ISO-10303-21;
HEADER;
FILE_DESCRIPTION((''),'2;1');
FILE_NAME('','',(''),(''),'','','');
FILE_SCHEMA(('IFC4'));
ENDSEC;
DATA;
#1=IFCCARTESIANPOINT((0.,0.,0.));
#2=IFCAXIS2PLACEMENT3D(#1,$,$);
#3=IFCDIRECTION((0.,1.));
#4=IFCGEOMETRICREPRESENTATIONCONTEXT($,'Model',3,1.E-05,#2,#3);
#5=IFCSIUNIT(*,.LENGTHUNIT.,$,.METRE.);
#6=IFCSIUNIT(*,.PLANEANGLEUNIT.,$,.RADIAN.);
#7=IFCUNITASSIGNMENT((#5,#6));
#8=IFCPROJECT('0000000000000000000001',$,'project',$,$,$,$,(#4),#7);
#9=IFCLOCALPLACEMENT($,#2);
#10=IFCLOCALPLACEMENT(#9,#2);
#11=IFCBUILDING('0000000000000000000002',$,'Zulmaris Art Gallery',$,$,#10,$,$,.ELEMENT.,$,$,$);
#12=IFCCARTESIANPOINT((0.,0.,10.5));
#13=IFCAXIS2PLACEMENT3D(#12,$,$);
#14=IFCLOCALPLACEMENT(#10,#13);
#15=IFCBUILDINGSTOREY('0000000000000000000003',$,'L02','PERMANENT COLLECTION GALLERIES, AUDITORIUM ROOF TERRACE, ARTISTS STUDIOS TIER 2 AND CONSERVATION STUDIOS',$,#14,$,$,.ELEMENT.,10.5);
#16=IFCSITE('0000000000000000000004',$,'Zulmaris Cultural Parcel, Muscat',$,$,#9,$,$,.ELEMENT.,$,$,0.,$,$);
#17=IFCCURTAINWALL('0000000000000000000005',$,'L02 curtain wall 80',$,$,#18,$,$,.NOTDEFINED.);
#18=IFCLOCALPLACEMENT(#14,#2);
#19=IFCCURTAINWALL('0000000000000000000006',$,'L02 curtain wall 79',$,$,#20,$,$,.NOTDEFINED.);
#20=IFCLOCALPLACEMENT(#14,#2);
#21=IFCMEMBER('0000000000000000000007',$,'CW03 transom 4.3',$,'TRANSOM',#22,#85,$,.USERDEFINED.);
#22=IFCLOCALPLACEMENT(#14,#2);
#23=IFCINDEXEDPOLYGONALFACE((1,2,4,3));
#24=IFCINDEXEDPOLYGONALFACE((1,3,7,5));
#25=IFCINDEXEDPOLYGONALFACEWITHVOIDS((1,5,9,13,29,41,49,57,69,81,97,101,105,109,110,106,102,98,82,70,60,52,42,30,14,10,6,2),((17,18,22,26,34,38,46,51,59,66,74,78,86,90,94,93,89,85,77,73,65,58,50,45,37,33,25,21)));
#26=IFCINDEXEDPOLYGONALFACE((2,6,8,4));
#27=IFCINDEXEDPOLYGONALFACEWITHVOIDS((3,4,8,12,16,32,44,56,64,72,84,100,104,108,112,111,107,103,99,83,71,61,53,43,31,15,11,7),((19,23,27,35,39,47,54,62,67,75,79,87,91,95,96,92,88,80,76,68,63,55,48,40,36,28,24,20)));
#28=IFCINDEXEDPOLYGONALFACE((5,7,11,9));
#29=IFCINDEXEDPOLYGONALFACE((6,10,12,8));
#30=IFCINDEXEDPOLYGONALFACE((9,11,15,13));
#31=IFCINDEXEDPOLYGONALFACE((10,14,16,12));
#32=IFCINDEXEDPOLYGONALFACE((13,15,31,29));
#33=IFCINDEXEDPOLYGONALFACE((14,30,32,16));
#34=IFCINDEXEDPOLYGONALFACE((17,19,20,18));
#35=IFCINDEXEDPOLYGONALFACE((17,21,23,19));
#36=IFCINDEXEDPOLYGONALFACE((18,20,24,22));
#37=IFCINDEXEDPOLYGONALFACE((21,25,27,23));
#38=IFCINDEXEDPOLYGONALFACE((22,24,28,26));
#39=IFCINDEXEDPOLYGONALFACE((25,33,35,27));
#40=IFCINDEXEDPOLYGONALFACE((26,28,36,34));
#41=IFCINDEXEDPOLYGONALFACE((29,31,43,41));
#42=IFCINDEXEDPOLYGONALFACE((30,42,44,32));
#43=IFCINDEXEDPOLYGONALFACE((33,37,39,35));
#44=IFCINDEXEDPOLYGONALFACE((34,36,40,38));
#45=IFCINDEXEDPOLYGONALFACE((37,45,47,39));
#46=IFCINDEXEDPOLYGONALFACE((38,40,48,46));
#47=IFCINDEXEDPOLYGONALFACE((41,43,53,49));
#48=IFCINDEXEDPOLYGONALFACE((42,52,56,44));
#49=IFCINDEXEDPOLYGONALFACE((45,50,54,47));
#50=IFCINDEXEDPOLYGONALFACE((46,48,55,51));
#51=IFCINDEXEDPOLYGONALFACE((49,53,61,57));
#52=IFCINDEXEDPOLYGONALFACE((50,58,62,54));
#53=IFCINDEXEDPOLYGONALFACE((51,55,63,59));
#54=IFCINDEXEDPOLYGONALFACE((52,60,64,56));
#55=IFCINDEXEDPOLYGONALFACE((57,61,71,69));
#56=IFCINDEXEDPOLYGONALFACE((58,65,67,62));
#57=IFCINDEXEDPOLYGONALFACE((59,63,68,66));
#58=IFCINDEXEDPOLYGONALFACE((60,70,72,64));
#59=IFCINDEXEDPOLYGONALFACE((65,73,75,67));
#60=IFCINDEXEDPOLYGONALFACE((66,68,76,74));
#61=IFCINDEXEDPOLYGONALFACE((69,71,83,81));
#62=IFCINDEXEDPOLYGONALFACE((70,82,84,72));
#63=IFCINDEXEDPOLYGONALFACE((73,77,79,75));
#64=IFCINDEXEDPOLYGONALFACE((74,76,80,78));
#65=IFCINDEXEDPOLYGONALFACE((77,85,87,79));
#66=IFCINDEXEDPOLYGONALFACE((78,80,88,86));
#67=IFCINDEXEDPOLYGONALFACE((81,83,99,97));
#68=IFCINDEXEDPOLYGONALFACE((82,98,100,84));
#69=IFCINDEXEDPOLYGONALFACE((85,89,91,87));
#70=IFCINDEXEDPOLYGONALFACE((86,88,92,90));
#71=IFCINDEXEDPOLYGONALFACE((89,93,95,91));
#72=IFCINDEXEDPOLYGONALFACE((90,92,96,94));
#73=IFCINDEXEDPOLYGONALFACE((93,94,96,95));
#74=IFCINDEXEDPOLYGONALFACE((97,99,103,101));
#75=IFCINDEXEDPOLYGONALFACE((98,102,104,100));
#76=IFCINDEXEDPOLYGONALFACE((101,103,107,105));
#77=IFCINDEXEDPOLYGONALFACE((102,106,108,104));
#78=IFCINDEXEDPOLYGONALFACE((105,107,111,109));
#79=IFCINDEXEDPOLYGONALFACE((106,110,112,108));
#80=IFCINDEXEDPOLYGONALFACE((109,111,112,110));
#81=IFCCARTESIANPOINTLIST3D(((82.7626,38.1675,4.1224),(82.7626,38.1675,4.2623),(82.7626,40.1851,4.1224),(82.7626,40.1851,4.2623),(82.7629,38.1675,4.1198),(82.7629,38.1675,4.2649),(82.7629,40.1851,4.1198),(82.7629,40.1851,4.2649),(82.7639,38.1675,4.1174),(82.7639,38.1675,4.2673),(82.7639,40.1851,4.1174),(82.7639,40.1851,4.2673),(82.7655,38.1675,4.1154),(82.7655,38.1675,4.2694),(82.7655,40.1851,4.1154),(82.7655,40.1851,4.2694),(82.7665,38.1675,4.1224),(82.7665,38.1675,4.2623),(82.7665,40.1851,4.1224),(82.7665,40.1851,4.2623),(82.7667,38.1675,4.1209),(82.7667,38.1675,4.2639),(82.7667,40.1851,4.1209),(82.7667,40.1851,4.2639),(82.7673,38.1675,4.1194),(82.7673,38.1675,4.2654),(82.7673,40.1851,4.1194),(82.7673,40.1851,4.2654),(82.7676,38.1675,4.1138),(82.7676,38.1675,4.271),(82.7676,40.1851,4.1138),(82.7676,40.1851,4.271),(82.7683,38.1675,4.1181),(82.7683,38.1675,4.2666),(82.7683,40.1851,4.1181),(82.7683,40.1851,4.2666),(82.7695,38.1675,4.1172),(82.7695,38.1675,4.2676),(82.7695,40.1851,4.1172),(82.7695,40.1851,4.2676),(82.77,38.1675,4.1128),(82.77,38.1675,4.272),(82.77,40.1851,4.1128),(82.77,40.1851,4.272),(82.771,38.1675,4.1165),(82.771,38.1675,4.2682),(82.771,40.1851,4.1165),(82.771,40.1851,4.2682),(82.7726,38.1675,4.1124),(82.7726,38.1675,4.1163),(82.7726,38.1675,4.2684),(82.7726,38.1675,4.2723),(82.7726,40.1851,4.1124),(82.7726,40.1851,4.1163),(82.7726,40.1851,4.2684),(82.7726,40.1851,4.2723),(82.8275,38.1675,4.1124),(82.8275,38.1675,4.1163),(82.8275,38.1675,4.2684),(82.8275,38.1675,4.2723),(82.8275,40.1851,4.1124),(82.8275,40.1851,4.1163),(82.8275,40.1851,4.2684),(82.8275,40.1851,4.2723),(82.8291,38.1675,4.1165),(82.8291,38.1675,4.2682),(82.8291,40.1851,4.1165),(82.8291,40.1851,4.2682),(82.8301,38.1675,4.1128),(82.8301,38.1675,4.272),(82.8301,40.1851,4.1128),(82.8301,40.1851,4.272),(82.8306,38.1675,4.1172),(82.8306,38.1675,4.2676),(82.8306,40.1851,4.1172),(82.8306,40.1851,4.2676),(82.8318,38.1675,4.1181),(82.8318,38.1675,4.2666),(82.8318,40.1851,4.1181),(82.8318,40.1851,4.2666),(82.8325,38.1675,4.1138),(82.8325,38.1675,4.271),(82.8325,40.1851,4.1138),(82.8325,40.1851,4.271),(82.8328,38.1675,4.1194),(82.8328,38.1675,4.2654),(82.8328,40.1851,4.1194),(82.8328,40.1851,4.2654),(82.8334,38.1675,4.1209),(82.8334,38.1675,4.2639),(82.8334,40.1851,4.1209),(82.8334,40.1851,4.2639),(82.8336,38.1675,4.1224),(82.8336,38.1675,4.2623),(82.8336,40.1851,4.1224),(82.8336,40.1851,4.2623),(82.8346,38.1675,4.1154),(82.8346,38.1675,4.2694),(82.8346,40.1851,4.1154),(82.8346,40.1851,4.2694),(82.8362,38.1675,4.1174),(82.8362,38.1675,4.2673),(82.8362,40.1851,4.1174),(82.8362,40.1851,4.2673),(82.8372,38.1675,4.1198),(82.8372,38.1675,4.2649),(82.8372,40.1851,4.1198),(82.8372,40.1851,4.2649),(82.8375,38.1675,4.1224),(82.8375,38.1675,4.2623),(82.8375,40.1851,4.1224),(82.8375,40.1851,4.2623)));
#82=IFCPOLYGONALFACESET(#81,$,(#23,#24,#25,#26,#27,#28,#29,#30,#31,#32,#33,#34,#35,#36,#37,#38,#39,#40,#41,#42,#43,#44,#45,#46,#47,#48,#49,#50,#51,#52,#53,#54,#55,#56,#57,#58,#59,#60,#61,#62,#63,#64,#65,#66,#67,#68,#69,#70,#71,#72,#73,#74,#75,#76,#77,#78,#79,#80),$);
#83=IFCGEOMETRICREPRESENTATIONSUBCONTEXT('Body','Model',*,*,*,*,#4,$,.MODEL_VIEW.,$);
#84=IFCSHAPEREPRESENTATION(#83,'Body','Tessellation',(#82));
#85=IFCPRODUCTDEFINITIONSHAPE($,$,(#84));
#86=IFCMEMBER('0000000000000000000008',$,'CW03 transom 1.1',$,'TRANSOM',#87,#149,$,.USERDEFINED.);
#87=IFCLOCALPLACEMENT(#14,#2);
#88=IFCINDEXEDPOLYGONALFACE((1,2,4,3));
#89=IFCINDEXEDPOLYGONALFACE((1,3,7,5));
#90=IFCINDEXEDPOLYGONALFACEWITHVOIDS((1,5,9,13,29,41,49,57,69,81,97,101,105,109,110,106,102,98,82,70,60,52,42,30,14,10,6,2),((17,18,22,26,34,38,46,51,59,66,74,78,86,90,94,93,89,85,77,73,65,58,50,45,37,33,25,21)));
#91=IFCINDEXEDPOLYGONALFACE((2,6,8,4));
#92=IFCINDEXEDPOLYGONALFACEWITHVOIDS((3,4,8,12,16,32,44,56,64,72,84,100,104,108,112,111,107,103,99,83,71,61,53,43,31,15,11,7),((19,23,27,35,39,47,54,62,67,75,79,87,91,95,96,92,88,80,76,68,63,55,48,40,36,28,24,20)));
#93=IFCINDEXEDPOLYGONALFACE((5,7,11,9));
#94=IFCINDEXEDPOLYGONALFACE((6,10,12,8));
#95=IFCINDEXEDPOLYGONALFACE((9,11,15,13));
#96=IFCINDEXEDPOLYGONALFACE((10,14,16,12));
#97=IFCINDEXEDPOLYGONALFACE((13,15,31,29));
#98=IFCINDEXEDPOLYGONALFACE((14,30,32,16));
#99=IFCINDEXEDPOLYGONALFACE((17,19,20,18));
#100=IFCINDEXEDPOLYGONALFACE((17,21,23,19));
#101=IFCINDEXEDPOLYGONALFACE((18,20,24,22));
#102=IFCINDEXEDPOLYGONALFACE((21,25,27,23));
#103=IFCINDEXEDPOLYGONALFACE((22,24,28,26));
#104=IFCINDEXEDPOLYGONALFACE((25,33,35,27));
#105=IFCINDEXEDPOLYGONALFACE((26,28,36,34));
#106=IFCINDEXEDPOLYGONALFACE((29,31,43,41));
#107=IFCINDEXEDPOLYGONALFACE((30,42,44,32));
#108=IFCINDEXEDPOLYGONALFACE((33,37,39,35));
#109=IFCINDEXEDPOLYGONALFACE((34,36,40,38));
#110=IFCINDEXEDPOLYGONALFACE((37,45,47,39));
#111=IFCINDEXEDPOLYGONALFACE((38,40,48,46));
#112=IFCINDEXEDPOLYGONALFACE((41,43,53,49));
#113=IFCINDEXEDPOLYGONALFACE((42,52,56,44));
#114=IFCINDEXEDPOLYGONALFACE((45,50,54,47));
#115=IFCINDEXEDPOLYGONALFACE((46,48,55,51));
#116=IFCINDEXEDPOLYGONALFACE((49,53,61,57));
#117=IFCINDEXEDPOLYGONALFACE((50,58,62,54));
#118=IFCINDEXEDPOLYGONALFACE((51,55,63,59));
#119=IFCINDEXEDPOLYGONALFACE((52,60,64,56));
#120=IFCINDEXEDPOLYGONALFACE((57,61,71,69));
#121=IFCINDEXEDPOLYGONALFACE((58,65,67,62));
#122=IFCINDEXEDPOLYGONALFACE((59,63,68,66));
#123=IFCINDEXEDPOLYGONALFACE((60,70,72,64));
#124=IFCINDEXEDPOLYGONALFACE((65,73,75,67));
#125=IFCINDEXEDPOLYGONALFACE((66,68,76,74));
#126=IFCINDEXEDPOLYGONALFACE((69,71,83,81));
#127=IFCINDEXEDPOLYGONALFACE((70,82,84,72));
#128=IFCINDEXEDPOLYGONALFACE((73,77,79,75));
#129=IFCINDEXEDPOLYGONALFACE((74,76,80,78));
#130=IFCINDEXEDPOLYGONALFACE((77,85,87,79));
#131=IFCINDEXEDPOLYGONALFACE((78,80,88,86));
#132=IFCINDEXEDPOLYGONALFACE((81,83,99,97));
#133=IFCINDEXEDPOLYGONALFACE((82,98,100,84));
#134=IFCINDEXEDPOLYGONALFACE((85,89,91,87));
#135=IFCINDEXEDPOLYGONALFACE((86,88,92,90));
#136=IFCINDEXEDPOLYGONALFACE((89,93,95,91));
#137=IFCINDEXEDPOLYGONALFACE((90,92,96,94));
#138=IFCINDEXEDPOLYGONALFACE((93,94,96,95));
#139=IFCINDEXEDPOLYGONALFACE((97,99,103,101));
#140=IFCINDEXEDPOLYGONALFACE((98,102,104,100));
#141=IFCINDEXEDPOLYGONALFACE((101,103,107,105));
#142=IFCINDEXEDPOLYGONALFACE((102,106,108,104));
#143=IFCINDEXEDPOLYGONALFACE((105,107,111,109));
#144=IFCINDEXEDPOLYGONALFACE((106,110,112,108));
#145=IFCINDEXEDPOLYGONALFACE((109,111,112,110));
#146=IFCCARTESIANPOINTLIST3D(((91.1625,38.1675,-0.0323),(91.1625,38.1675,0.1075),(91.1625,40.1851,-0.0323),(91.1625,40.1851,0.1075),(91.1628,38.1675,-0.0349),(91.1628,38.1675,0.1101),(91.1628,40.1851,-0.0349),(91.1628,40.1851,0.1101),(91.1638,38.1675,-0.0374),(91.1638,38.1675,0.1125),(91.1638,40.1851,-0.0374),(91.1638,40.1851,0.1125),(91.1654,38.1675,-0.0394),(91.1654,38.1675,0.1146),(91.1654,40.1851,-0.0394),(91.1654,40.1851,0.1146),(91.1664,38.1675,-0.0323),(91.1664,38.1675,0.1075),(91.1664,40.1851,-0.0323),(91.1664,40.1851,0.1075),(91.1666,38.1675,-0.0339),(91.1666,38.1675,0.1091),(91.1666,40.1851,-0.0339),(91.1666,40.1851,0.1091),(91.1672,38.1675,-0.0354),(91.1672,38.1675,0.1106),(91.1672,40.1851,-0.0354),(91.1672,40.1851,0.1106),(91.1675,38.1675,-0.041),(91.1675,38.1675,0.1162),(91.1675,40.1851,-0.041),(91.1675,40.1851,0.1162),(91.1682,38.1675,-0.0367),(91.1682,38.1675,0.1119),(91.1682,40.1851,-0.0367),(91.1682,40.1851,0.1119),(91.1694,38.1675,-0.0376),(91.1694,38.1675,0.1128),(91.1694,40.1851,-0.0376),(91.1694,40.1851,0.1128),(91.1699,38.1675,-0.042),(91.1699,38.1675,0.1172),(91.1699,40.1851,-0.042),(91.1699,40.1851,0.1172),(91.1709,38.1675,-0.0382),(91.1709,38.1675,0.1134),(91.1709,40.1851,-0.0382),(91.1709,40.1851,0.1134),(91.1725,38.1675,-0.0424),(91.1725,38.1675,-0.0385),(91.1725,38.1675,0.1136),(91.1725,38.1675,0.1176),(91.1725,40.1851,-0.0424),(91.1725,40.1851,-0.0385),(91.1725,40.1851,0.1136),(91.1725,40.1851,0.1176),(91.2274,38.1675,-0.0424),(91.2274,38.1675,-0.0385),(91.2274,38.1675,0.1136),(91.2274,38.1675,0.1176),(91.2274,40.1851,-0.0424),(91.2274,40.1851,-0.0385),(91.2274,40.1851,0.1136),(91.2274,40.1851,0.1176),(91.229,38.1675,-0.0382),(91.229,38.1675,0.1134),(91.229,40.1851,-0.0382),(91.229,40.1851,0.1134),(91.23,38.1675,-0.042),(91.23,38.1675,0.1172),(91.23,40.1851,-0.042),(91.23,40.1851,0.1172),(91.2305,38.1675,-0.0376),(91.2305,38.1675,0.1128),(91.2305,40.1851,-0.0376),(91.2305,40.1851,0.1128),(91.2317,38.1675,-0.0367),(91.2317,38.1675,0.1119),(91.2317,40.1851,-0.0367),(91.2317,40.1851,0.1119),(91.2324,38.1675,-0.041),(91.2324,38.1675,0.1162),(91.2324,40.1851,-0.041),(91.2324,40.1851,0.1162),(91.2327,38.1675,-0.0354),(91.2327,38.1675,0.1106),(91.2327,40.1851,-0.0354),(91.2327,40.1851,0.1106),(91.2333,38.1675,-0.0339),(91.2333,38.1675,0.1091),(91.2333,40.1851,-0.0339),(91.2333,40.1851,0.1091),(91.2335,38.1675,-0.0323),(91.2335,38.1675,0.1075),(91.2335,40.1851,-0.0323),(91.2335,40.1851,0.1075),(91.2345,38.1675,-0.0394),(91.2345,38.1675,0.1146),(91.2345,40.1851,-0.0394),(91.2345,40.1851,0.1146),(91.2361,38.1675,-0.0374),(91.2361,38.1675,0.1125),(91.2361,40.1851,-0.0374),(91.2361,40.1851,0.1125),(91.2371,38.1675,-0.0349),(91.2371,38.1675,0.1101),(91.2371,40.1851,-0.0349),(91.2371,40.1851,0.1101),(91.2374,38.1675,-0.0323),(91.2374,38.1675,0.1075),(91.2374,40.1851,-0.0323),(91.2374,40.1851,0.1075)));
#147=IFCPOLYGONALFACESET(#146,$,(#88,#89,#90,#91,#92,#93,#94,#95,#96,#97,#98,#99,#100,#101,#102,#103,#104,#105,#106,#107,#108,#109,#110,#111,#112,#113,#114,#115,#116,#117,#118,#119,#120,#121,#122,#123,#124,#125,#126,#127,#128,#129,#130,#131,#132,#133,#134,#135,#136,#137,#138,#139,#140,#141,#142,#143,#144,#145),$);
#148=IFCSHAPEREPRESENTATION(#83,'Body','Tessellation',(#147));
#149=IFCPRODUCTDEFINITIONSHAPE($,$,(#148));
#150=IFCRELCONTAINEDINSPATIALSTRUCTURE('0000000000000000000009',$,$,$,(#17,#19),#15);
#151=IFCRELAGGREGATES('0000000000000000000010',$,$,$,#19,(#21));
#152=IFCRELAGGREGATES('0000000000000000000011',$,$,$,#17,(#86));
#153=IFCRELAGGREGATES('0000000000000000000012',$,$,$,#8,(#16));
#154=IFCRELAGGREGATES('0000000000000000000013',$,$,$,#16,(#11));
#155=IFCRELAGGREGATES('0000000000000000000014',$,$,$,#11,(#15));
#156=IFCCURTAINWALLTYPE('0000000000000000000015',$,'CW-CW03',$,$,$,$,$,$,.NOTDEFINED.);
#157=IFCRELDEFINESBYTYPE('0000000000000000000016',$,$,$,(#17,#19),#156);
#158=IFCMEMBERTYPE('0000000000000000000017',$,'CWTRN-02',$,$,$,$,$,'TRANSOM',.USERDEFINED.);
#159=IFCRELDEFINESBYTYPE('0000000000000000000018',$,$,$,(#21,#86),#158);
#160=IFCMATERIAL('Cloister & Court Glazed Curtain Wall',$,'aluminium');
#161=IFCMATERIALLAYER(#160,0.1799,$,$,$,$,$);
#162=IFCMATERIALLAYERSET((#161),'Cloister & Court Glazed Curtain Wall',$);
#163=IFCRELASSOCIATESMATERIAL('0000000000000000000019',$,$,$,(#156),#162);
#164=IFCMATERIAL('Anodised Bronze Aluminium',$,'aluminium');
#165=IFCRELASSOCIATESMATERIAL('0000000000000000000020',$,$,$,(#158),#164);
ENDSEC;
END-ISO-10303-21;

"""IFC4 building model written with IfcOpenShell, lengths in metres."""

from ifc_helpers import new_model, si_unit, direction, frame, origin, origin_2d, place, context, subcontext, project, spatial, hollow_rectangle, extrude, material, layer, layer_set, material_profile, profile_set, type_object, element, aggregate, save


model = new_model("IFC4")

# Units and contexts
model_context = context("Model", 3, precision=1e-05, world=origin(), true_north=direction((0.0, 1.0)))
body_context = subcontext(model_context, "Body", "Model", "MODEL_VIEW")
ifc_project = project(units=[si_unit("LENGTHUNIT", "METRE"), si_unit("PLANEANGLEUNIT", "RADIAN")], contexts=[model_context])

# Site, building, storey
site_placement = place(None, origin())
site = spatial("IfcSite", under=ifc_project, at=site_placement, Name="Zulmaris Cultural Parcel, Muscat", CompositionType="ELEMENT", RefElevation=0.0)
building_placement = place(site_placement, origin())
building = spatial("IfcBuilding", under=site, at=building_placement, Name="Zulmaris Art Gallery", CompositionType="ELEMENT")
storey_placement = place(building_placement, frame((0.0, 0.0, 10.5)))
storey = spatial("IfcBuildingStorey", under=building, at=storey_placement, Name="L02", Description="PERMANENT COLLECTION GALLERIES, AUDITORIUM ROOF TERRACE, ARTISTS STUDIOS TIER 2 AND CONSERVATION STUDIOS", CompositionType="ELEMENT", Elevation=10.5)

# Curtain wall
ifc_material_1 = material(Name="Cloister & Court Glazed Curtain Wall", Category="aluminium")
ifc_layer_1 = layer(ifc_material_1, 0.1799)
ifc_layer_set_1 = layer_set([ifc_layer_1], Name="Cloister & Court Glazed Curtain Wall")
curtain_wall_type = type_object("IfcCurtainWallType", Name="CW-CW03", PredefinedType="NOTDEFINED", material=ifc_layer_set_1)
curtain_wall_1_placement = place(storey_placement, origin())
curtain_wall_1 = element("IfcCurtainWall", 1, at=curtain_wall_1_placement, inside=storey, type_object=curtain_wall_type, Name="L02 curtain wall 80", PredefinedType="NOTDEFINED")
ifc_material_2 = material(Name="Anodised Bronze Aluminium", Category="aluminium")

# Curtain wall, member
curtain_wall_2_placement = place(storey_placement, origin())
curtain_wall_2 = element("IfcCurtainWall", 2, at=curtain_wall_2_placement, inside=storey, type_object=curtain_wall_type, Name="L02 curtain wall 79", PredefinedType="NOTDEFINED")
ifc_material_profile_1 = material_profile(ifc_material_2, hollow_rectangle(XDim=0.075, YDim=0.1599, WallThickness=0.0039, InnerFilletRadius=0.0061, OuterFilletRadius=0.01, at=origin_2d()), Name="ALU 75x160x4")
ifc_profile_set_1 = profile_set([ifc_material_profile_1], Name="Anodised Bronze Aluminium")
member_type_1 = type_object("IfcMemberType", Name="CWTRN-02", ElementType="TRANSOM", PredefinedType="USERDEFINED", material=ifc_profile_set_1)
member_1_placement = place(storey_placement, frame((82.8, 38.1675, 4.1924), z_axis=(0.0, 1.0, 0.0), x_axis=(-1.0, 0.0, 0.0)))
member_1 = element("IfcMember", 3, at=member_1_placement, type_object=member_type_1, Name="CW03 transom 4.3", ObjectType="TRANSOM", PredefinedType="USERDEFINED", context=body_context, shape_type="SweptSolid", body=[
    extrude(hollow_rectangle(XDim=0.075, YDim=0.1599, WallThickness=0.0039, InnerFilletRadius=0.0061, OuterFilletRadius=0.01, at=origin_2d()), origin(), (0.0, 0.0, 1.0), 2.0176),
])

# Member
member_2_placement = place(storey_placement, frame((91.2, 40.1851, 0.0376), z_axis=(0.0, -1.0, 0.0), x_axis=(1.0, 0.0, 0.0)))
member_2 = element("IfcMember", 4, at=member_2_placement, type_object=member_type_1, Name="CW03 transom 1.1", ObjectType="TRANSOM", PredefinedType="USERDEFINED", context=body_context, shape_type="SweptSolid", body=[
    extrude(hollow_rectangle(XDim=0.075, YDim=0.1599, WallThickness=0.0039, InnerFilletRadius=0.0061, OuterFilletRadius=0.01, at=origin_2d()), origin(), (0.0, 0.0, 1.0), 2.0176),
])

aggregate(curtain_wall_2, [member_1])
aggregate(curtain_wall_1, [member_2])

save(model, "model.ifc")
